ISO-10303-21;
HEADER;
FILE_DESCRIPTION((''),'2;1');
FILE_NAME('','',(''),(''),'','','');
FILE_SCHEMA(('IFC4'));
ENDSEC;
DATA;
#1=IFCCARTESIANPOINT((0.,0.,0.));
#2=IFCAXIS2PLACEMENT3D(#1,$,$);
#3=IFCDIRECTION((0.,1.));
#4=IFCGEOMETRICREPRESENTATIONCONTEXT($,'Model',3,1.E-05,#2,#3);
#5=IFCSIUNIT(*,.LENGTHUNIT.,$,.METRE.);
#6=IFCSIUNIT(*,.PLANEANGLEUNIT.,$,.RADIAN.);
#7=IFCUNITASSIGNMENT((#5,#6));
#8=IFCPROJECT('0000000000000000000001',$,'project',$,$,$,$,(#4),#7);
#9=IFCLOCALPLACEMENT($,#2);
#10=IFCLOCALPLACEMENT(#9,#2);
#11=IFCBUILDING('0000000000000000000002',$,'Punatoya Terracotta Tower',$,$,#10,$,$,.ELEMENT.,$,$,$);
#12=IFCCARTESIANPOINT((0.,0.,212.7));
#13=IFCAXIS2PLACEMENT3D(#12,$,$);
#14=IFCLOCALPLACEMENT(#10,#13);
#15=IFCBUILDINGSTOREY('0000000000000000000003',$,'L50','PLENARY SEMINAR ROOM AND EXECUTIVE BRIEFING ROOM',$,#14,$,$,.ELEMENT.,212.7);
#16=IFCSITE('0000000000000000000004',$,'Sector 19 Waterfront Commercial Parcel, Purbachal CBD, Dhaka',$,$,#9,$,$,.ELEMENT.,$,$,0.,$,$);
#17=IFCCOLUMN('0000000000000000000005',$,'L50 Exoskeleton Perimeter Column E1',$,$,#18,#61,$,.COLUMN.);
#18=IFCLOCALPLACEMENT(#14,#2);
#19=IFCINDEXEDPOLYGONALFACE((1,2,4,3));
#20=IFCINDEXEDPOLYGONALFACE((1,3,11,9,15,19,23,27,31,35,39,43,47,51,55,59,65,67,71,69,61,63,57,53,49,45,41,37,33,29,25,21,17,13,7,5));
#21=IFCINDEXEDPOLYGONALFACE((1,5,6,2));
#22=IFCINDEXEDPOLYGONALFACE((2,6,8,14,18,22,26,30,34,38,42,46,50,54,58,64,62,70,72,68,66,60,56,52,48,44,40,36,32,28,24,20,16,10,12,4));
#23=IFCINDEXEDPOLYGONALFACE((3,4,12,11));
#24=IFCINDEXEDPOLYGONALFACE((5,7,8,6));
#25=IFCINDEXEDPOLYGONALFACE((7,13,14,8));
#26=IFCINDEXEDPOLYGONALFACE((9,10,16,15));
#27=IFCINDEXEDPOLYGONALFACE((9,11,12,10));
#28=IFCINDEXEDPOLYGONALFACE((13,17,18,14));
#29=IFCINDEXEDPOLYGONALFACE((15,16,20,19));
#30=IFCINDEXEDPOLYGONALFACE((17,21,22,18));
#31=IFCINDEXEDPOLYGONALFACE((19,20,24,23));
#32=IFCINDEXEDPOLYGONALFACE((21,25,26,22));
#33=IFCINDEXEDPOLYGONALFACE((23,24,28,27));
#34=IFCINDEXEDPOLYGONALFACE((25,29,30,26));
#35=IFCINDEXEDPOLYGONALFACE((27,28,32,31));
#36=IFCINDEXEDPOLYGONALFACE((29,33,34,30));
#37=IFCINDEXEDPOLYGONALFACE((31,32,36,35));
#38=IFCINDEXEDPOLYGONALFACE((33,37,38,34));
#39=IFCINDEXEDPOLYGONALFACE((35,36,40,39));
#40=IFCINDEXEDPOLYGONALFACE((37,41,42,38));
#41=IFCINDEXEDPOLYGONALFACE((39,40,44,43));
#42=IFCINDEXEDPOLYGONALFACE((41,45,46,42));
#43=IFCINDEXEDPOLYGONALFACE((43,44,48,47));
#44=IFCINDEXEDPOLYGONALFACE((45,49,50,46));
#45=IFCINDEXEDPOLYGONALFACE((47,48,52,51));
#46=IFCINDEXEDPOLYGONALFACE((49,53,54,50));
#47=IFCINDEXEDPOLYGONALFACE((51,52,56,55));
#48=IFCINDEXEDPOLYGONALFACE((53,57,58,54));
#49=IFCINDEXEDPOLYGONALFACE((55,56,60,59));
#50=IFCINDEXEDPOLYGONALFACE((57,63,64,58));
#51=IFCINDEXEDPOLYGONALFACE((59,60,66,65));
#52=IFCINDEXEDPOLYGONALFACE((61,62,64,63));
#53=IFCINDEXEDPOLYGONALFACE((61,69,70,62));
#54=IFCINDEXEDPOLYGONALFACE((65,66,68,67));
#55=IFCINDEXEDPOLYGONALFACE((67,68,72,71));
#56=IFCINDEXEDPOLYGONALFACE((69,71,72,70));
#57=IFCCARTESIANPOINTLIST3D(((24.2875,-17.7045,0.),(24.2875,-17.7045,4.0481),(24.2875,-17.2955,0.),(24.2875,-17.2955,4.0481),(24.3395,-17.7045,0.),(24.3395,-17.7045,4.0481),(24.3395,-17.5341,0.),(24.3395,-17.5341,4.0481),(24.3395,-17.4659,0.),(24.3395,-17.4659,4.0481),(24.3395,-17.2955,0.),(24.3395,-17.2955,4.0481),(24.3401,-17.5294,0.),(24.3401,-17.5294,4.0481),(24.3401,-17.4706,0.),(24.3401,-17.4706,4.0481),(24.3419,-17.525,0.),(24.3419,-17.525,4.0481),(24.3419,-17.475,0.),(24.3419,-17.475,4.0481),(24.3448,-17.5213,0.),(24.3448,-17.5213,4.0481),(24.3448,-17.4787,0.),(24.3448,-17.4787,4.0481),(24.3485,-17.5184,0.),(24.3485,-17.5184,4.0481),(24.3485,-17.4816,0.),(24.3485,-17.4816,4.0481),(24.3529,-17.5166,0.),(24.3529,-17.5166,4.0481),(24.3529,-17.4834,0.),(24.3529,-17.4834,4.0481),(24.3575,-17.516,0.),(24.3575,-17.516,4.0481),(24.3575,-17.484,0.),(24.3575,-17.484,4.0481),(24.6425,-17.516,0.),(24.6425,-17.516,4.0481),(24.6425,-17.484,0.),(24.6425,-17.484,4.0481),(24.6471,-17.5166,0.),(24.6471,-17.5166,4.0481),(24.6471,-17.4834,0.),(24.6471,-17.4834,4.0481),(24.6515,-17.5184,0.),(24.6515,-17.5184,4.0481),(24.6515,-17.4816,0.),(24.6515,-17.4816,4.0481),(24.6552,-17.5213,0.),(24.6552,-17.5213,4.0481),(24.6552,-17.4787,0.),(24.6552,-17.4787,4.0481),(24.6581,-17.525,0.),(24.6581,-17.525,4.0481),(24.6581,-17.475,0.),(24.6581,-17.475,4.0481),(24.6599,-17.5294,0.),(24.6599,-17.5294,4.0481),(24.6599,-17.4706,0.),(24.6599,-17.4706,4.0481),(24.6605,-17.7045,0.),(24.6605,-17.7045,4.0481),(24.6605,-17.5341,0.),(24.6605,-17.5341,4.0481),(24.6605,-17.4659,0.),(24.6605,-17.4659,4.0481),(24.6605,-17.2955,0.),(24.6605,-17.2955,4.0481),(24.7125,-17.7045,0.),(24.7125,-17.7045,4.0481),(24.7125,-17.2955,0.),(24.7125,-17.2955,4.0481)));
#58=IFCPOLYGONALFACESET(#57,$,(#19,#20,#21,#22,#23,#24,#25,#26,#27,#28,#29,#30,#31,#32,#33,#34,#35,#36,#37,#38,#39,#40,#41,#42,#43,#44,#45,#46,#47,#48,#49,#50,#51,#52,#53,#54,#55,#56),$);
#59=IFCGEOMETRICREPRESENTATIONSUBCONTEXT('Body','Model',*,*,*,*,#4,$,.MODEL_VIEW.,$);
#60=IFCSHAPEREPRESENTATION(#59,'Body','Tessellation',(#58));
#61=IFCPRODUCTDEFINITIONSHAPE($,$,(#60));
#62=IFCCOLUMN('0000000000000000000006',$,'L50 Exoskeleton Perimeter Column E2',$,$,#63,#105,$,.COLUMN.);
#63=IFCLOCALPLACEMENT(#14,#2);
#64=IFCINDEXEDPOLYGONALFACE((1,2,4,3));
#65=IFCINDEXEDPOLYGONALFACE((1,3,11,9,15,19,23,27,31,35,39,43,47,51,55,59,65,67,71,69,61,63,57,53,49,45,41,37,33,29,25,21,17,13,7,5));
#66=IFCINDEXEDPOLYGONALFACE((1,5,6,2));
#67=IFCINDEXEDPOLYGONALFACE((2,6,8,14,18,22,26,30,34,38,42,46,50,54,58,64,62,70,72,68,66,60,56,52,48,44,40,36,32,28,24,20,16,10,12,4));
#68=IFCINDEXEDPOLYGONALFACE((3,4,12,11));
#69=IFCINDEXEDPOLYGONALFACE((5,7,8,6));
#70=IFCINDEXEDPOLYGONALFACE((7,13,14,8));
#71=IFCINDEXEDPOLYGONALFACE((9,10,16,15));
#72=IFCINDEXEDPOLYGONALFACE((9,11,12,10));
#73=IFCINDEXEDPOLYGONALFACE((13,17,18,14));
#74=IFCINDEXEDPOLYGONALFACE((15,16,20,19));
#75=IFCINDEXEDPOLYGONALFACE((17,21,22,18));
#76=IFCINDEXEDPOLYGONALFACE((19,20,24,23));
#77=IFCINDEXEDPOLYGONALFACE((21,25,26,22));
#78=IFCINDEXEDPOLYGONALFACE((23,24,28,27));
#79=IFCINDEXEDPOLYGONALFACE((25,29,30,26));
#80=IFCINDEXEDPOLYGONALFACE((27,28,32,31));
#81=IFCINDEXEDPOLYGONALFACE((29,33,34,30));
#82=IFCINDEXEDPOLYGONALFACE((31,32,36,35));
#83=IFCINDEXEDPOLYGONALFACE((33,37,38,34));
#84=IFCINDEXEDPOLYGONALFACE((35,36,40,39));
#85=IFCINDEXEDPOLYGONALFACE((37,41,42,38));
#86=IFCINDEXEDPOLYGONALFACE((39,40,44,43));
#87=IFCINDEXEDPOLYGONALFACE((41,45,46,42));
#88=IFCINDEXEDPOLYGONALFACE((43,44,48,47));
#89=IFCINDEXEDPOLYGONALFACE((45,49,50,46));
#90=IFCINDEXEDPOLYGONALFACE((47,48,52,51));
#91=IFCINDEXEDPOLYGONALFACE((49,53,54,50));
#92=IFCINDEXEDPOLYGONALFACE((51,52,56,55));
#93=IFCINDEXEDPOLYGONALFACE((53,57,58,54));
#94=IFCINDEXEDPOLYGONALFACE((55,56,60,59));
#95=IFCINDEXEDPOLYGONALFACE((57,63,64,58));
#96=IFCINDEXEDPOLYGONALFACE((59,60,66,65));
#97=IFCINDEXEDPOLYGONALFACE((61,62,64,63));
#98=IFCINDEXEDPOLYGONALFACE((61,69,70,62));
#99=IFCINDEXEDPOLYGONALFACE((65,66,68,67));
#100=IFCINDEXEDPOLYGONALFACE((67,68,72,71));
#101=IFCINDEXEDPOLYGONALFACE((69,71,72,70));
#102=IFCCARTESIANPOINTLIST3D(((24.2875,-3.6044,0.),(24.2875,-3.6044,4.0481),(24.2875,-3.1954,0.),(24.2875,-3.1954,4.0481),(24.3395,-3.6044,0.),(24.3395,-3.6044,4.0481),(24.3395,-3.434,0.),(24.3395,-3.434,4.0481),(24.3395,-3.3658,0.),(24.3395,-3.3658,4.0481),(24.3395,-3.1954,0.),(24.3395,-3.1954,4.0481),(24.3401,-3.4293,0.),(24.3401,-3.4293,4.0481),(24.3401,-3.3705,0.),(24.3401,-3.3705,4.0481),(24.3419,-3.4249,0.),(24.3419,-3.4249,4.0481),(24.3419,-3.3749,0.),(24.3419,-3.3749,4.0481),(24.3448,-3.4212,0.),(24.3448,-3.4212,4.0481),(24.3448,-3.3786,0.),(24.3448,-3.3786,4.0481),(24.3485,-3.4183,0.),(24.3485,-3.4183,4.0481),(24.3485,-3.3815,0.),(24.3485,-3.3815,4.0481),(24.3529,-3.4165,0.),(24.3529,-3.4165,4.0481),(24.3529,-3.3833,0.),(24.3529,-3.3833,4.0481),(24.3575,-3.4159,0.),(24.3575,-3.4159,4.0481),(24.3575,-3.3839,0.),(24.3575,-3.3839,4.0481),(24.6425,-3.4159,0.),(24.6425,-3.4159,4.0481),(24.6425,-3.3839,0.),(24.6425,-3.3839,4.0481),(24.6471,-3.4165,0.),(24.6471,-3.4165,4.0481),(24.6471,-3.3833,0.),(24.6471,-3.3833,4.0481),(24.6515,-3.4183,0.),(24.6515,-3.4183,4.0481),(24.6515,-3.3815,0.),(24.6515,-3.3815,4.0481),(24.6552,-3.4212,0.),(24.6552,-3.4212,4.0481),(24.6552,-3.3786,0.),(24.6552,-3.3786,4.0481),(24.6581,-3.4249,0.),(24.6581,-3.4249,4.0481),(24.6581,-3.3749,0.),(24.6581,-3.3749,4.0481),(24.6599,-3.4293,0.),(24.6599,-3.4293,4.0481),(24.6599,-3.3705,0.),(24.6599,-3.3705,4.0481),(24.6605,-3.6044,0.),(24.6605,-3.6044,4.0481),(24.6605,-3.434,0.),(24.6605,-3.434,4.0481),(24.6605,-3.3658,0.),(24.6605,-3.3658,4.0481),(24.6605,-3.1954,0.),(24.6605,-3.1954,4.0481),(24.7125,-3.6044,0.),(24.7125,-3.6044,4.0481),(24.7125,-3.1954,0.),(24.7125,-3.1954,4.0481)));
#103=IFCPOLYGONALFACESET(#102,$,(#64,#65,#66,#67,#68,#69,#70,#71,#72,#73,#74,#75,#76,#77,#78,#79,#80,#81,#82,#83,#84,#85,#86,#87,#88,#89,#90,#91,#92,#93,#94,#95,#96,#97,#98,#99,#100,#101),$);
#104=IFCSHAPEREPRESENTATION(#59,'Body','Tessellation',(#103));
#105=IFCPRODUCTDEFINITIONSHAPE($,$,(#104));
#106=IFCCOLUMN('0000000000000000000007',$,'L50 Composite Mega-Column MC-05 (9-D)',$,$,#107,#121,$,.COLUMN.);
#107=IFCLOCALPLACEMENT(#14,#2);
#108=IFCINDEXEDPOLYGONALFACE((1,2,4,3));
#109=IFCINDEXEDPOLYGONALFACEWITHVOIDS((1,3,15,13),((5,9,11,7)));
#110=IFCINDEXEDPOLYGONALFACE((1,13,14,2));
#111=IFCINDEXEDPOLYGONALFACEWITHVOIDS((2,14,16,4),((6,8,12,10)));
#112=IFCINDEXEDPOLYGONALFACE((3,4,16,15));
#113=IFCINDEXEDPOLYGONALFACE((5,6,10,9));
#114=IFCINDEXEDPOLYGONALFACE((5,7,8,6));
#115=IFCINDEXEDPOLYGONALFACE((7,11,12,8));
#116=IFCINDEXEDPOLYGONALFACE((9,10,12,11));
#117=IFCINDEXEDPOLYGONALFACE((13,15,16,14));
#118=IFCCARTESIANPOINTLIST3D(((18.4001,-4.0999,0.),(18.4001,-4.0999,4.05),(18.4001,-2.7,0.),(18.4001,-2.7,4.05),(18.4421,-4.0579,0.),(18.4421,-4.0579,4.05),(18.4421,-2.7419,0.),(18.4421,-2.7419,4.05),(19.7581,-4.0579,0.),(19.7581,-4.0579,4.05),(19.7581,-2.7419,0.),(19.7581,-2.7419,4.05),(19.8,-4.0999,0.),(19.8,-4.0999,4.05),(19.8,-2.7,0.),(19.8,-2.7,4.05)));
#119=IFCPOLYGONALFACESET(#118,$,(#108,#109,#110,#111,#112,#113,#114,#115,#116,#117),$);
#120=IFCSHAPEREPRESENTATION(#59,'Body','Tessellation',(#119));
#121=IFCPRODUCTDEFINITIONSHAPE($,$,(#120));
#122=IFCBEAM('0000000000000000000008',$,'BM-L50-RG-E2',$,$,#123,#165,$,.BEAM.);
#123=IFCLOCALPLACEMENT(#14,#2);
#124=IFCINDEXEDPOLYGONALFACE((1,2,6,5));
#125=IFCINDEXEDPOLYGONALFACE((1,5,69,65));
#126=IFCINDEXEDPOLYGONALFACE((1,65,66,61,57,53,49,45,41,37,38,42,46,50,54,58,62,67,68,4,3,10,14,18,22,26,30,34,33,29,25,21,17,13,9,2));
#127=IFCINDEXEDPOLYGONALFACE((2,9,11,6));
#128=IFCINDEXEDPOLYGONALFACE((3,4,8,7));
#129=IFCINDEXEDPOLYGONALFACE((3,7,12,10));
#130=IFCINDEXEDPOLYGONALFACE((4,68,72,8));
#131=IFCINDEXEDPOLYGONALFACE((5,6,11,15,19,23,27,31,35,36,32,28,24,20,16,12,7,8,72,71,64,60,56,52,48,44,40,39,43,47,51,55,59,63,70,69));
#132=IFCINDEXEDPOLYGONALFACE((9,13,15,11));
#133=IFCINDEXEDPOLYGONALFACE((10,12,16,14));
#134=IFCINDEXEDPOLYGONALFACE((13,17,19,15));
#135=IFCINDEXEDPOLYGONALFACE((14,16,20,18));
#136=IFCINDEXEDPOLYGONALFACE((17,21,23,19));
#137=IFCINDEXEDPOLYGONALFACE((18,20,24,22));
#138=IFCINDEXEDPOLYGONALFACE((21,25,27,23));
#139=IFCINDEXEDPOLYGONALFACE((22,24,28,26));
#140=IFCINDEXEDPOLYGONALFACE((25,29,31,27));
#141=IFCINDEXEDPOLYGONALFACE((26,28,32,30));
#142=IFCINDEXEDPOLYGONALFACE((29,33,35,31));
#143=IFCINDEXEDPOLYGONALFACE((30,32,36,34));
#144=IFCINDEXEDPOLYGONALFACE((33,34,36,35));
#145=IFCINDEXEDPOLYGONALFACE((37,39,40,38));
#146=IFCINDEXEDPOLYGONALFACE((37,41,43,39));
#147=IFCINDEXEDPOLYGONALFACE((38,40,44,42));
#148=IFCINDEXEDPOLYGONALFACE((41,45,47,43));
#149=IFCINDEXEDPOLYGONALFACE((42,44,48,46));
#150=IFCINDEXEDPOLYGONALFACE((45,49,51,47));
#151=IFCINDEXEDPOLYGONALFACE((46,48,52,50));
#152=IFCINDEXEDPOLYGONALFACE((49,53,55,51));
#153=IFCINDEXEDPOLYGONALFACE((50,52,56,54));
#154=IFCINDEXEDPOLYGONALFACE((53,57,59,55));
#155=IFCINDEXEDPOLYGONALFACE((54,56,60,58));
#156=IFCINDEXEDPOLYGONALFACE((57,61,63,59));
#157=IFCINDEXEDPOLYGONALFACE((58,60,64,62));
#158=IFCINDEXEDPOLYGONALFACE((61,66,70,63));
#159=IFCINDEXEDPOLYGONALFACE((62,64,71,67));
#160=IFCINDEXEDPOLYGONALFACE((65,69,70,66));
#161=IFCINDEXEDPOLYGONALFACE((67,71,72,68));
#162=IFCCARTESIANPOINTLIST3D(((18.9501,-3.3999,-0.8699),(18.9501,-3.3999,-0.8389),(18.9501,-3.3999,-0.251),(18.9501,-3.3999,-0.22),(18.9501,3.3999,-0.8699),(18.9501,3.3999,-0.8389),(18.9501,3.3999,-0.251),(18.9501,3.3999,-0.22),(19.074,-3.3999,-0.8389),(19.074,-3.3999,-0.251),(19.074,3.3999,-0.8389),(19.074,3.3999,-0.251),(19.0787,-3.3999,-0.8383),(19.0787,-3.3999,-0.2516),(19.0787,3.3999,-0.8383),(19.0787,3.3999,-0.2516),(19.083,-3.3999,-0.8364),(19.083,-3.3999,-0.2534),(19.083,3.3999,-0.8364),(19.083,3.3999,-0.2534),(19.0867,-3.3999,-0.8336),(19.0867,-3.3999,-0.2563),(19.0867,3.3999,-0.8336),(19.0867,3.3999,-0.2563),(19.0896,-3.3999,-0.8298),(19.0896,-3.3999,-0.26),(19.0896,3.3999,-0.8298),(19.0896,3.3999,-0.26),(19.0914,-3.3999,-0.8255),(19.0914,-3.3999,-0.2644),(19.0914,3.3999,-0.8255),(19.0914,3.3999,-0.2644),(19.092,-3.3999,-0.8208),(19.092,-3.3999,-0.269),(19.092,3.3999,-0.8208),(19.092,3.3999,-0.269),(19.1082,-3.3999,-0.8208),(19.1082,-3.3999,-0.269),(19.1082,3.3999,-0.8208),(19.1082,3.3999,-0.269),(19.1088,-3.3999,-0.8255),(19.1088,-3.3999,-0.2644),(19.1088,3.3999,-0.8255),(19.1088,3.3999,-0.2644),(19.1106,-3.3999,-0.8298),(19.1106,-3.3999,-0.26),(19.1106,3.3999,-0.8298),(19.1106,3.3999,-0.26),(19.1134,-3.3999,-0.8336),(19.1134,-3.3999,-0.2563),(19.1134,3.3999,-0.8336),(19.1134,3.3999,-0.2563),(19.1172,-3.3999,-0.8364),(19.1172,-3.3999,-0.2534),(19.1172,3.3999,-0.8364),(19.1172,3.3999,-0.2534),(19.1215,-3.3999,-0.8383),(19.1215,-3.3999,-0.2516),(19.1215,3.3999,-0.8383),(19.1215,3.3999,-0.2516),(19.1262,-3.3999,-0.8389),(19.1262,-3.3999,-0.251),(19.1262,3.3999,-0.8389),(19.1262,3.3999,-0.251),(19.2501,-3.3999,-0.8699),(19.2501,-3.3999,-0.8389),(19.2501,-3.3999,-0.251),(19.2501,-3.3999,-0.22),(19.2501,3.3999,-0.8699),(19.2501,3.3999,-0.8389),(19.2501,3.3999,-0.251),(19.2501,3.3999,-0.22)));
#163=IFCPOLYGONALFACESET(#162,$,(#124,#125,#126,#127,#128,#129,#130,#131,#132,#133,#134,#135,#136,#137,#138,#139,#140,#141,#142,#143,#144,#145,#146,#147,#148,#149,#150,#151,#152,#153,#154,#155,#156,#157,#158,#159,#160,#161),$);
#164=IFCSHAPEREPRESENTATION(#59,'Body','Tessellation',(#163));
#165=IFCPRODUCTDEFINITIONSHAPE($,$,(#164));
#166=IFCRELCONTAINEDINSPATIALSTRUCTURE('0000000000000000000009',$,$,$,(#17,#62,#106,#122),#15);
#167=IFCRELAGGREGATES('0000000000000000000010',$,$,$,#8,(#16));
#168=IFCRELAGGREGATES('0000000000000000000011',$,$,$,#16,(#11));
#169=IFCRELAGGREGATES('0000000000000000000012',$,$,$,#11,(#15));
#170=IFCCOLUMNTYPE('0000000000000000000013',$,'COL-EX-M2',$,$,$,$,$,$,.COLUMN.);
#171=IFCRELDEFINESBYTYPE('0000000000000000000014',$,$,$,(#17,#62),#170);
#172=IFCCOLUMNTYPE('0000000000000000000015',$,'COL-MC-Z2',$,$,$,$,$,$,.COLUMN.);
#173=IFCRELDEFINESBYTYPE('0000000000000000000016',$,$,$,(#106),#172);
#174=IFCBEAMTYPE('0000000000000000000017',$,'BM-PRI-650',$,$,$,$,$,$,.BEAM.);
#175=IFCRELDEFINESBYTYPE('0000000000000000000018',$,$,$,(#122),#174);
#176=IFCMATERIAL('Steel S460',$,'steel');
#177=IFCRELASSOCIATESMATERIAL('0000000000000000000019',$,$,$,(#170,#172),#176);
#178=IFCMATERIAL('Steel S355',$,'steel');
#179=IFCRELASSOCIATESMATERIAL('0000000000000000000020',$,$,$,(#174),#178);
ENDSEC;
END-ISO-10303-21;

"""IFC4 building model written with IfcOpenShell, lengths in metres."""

from ifc_helpers import new_model, si_unit, direction, frame, origin, origin_2d, place, context, subcontext, project, spatial, hollow_rectangle, i_section, extrude, material, material_profile, profile_set, type_object, element, save


model = new_model("IFC4")

# Units and contexts
model_context = context("Model", 3, precision=1e-05, world=origin(), true_north=direction((0.0, 1.0)))
body_context = subcontext(model_context, "Body", "Model", "MODEL_VIEW")
ifc_project = project(units=[si_unit("LENGTHUNIT", "METRE"), si_unit("PLANEANGLEUNIT", "RADIAN")], contexts=[model_context])

# Site, building, storey
site_placement = place(None, origin())
site = spatial("IfcSite", under=ifc_project, at=site_placement, Name="Sector 19 Waterfront Commercial Parcel, Purbachal CBD, Dhaka", CompositionType="ELEMENT", RefElevation=0.0)
building_placement = place(site_placement, origin())
building = spatial("IfcBuilding", under=site, at=building_placement, Name="Punatoya Terracotta Tower", CompositionType="ELEMENT")
storey_placement = place(building_placement, frame((0.0, 0.0, 212.7)))
storey = spatial("IfcBuildingStorey", under=building, at=storey_placement, Name="L50", Description="PLENARY SEMINAR ROOM AND EXECUTIVE BRIEFING ROOM", CompositionType="ELEMENT", Elevation=212.7)

# Columns
ifc_material_1 = material(Name="Steel S460", Category="steel")
ifc_material_profile_1 = material_profile(ifc_material_1, i_section(OverallWidth=0.4089, OverallDepth=0.425, WebThickness=0.032, FlangeThickness=0.052, FilletRadius=0.0181, at=origin_2d()))
ifc_profile_set_1 = profile_set([ifc_material_profile_1], Name="Steel S460")
column_type_1 = type_object("IfcColumnType", Name="COL-EX-M2", PredefinedType="COLUMN", material=ifc_profile_set_1)
for number, where, z_axis, x_axis, name in (
    (1, (24.5, -17.5, 0.0), (0.0, 0.0, 1.0), (0.0, 1.0, 0.0), "L50 Exoskeleton Perimeter Column E1"),
    (2, (24.5, -3.3999, 0.0), (0.0, 0.0, 1.0), (0.0, 1.0, 0.0), "L50 Exoskeleton Perimeter Column E2"),
):
    element("IfcColumn", number, at=place(storey_placement, frame(where, z_axis=z_axis, x_axis=x_axis)), inside=storey, type_object=column_type_1, Name=name, PredefinedType="COLUMN", context=body_context, shape_type="SweptSolid", body=[
        extrude(i_section(OverallWidth=0.4089, OverallDepth=0.425, WebThickness=0.032, FlangeThickness=0.052, FilletRadius=0.0181, at=origin_2d()), origin(), (0.0, 0.0, 1.0), 4.0481),
    ])
ifc_material_profile_2 = material_profile(ifc_material_1, hollow_rectangle(XDim=1.3999, YDim=1.3999, WallThickness=0.042, at=origin_2d()))
ifc_profile_set_2 = profile_set([ifc_material_profile_2], Name="Steel S460")
column_type_2 = type_object("IfcColumnType", Name="COL-MC-Z2", PredefinedType="COLUMN", material=ifc_profile_set_2)
column_placement = place(storey_placement, frame((19.1001, -3.3999, 0.0), z_axis=(0.0, 0.0, 1.0), x_axis=(1.0, 0.0, 0.0)))
element("IfcColumn", 3, at=column_placement, inside=storey, type_object=column_type_2, Name="L50 Composite Mega-Column MC-05 (9-D)", PredefinedType="COLUMN", context=body_context, shape_type="SweptSolid", body=[
    extrude(hollow_rectangle(XDim=1.3999, YDim=1.3999, WallThickness=0.042, at=origin_2d()), origin(), (0.0, 0.0, 1.0), 4.05),
])

# Beam
ifc_material_2 = material(Name="Steel S355", Category="steel")
ifc_material_profile_3 = material_profile(ifc_material_2, i_section(OverallWidth=0.3, OverallDepth=0.6499, WebThickness=0.0161, FlangeThickness=0.031, FilletRadius=0.0181, at=origin_2d()))
ifc_profile_set_3 = profile_set([ifc_material_profile_3], Name="Steel S355")
beam_type_1 = type_object("IfcBeamType", Name="BM-PRI-650", PredefinedType="BEAM", material=ifc_profile_set_3)
beam_1_placement = place(storey_placement, frame((19.1001, -3.3999, -0.5449), z_axis=(0.0, 1.0, 0.0), x_axis=(-1.0, 0.0, 0.0)))
element("IfcBeam", 4, at=beam_1_placement, inside=storey, type_object=beam_type_1, Name="BM-L50-RG-E2", PredefinedType="BEAM", context=body_context, shape_type="SweptSolid", body=[
    extrude(i_section(OverallWidth=0.3, OverallDepth=0.6499, WebThickness=0.0161, FlangeThickness=0.031, FilletRadius=0.0181, at=origin_2d()), origin(), (0.0, 0.0, 1.0), 6.7998),
])

save(model, "model.ifc")
